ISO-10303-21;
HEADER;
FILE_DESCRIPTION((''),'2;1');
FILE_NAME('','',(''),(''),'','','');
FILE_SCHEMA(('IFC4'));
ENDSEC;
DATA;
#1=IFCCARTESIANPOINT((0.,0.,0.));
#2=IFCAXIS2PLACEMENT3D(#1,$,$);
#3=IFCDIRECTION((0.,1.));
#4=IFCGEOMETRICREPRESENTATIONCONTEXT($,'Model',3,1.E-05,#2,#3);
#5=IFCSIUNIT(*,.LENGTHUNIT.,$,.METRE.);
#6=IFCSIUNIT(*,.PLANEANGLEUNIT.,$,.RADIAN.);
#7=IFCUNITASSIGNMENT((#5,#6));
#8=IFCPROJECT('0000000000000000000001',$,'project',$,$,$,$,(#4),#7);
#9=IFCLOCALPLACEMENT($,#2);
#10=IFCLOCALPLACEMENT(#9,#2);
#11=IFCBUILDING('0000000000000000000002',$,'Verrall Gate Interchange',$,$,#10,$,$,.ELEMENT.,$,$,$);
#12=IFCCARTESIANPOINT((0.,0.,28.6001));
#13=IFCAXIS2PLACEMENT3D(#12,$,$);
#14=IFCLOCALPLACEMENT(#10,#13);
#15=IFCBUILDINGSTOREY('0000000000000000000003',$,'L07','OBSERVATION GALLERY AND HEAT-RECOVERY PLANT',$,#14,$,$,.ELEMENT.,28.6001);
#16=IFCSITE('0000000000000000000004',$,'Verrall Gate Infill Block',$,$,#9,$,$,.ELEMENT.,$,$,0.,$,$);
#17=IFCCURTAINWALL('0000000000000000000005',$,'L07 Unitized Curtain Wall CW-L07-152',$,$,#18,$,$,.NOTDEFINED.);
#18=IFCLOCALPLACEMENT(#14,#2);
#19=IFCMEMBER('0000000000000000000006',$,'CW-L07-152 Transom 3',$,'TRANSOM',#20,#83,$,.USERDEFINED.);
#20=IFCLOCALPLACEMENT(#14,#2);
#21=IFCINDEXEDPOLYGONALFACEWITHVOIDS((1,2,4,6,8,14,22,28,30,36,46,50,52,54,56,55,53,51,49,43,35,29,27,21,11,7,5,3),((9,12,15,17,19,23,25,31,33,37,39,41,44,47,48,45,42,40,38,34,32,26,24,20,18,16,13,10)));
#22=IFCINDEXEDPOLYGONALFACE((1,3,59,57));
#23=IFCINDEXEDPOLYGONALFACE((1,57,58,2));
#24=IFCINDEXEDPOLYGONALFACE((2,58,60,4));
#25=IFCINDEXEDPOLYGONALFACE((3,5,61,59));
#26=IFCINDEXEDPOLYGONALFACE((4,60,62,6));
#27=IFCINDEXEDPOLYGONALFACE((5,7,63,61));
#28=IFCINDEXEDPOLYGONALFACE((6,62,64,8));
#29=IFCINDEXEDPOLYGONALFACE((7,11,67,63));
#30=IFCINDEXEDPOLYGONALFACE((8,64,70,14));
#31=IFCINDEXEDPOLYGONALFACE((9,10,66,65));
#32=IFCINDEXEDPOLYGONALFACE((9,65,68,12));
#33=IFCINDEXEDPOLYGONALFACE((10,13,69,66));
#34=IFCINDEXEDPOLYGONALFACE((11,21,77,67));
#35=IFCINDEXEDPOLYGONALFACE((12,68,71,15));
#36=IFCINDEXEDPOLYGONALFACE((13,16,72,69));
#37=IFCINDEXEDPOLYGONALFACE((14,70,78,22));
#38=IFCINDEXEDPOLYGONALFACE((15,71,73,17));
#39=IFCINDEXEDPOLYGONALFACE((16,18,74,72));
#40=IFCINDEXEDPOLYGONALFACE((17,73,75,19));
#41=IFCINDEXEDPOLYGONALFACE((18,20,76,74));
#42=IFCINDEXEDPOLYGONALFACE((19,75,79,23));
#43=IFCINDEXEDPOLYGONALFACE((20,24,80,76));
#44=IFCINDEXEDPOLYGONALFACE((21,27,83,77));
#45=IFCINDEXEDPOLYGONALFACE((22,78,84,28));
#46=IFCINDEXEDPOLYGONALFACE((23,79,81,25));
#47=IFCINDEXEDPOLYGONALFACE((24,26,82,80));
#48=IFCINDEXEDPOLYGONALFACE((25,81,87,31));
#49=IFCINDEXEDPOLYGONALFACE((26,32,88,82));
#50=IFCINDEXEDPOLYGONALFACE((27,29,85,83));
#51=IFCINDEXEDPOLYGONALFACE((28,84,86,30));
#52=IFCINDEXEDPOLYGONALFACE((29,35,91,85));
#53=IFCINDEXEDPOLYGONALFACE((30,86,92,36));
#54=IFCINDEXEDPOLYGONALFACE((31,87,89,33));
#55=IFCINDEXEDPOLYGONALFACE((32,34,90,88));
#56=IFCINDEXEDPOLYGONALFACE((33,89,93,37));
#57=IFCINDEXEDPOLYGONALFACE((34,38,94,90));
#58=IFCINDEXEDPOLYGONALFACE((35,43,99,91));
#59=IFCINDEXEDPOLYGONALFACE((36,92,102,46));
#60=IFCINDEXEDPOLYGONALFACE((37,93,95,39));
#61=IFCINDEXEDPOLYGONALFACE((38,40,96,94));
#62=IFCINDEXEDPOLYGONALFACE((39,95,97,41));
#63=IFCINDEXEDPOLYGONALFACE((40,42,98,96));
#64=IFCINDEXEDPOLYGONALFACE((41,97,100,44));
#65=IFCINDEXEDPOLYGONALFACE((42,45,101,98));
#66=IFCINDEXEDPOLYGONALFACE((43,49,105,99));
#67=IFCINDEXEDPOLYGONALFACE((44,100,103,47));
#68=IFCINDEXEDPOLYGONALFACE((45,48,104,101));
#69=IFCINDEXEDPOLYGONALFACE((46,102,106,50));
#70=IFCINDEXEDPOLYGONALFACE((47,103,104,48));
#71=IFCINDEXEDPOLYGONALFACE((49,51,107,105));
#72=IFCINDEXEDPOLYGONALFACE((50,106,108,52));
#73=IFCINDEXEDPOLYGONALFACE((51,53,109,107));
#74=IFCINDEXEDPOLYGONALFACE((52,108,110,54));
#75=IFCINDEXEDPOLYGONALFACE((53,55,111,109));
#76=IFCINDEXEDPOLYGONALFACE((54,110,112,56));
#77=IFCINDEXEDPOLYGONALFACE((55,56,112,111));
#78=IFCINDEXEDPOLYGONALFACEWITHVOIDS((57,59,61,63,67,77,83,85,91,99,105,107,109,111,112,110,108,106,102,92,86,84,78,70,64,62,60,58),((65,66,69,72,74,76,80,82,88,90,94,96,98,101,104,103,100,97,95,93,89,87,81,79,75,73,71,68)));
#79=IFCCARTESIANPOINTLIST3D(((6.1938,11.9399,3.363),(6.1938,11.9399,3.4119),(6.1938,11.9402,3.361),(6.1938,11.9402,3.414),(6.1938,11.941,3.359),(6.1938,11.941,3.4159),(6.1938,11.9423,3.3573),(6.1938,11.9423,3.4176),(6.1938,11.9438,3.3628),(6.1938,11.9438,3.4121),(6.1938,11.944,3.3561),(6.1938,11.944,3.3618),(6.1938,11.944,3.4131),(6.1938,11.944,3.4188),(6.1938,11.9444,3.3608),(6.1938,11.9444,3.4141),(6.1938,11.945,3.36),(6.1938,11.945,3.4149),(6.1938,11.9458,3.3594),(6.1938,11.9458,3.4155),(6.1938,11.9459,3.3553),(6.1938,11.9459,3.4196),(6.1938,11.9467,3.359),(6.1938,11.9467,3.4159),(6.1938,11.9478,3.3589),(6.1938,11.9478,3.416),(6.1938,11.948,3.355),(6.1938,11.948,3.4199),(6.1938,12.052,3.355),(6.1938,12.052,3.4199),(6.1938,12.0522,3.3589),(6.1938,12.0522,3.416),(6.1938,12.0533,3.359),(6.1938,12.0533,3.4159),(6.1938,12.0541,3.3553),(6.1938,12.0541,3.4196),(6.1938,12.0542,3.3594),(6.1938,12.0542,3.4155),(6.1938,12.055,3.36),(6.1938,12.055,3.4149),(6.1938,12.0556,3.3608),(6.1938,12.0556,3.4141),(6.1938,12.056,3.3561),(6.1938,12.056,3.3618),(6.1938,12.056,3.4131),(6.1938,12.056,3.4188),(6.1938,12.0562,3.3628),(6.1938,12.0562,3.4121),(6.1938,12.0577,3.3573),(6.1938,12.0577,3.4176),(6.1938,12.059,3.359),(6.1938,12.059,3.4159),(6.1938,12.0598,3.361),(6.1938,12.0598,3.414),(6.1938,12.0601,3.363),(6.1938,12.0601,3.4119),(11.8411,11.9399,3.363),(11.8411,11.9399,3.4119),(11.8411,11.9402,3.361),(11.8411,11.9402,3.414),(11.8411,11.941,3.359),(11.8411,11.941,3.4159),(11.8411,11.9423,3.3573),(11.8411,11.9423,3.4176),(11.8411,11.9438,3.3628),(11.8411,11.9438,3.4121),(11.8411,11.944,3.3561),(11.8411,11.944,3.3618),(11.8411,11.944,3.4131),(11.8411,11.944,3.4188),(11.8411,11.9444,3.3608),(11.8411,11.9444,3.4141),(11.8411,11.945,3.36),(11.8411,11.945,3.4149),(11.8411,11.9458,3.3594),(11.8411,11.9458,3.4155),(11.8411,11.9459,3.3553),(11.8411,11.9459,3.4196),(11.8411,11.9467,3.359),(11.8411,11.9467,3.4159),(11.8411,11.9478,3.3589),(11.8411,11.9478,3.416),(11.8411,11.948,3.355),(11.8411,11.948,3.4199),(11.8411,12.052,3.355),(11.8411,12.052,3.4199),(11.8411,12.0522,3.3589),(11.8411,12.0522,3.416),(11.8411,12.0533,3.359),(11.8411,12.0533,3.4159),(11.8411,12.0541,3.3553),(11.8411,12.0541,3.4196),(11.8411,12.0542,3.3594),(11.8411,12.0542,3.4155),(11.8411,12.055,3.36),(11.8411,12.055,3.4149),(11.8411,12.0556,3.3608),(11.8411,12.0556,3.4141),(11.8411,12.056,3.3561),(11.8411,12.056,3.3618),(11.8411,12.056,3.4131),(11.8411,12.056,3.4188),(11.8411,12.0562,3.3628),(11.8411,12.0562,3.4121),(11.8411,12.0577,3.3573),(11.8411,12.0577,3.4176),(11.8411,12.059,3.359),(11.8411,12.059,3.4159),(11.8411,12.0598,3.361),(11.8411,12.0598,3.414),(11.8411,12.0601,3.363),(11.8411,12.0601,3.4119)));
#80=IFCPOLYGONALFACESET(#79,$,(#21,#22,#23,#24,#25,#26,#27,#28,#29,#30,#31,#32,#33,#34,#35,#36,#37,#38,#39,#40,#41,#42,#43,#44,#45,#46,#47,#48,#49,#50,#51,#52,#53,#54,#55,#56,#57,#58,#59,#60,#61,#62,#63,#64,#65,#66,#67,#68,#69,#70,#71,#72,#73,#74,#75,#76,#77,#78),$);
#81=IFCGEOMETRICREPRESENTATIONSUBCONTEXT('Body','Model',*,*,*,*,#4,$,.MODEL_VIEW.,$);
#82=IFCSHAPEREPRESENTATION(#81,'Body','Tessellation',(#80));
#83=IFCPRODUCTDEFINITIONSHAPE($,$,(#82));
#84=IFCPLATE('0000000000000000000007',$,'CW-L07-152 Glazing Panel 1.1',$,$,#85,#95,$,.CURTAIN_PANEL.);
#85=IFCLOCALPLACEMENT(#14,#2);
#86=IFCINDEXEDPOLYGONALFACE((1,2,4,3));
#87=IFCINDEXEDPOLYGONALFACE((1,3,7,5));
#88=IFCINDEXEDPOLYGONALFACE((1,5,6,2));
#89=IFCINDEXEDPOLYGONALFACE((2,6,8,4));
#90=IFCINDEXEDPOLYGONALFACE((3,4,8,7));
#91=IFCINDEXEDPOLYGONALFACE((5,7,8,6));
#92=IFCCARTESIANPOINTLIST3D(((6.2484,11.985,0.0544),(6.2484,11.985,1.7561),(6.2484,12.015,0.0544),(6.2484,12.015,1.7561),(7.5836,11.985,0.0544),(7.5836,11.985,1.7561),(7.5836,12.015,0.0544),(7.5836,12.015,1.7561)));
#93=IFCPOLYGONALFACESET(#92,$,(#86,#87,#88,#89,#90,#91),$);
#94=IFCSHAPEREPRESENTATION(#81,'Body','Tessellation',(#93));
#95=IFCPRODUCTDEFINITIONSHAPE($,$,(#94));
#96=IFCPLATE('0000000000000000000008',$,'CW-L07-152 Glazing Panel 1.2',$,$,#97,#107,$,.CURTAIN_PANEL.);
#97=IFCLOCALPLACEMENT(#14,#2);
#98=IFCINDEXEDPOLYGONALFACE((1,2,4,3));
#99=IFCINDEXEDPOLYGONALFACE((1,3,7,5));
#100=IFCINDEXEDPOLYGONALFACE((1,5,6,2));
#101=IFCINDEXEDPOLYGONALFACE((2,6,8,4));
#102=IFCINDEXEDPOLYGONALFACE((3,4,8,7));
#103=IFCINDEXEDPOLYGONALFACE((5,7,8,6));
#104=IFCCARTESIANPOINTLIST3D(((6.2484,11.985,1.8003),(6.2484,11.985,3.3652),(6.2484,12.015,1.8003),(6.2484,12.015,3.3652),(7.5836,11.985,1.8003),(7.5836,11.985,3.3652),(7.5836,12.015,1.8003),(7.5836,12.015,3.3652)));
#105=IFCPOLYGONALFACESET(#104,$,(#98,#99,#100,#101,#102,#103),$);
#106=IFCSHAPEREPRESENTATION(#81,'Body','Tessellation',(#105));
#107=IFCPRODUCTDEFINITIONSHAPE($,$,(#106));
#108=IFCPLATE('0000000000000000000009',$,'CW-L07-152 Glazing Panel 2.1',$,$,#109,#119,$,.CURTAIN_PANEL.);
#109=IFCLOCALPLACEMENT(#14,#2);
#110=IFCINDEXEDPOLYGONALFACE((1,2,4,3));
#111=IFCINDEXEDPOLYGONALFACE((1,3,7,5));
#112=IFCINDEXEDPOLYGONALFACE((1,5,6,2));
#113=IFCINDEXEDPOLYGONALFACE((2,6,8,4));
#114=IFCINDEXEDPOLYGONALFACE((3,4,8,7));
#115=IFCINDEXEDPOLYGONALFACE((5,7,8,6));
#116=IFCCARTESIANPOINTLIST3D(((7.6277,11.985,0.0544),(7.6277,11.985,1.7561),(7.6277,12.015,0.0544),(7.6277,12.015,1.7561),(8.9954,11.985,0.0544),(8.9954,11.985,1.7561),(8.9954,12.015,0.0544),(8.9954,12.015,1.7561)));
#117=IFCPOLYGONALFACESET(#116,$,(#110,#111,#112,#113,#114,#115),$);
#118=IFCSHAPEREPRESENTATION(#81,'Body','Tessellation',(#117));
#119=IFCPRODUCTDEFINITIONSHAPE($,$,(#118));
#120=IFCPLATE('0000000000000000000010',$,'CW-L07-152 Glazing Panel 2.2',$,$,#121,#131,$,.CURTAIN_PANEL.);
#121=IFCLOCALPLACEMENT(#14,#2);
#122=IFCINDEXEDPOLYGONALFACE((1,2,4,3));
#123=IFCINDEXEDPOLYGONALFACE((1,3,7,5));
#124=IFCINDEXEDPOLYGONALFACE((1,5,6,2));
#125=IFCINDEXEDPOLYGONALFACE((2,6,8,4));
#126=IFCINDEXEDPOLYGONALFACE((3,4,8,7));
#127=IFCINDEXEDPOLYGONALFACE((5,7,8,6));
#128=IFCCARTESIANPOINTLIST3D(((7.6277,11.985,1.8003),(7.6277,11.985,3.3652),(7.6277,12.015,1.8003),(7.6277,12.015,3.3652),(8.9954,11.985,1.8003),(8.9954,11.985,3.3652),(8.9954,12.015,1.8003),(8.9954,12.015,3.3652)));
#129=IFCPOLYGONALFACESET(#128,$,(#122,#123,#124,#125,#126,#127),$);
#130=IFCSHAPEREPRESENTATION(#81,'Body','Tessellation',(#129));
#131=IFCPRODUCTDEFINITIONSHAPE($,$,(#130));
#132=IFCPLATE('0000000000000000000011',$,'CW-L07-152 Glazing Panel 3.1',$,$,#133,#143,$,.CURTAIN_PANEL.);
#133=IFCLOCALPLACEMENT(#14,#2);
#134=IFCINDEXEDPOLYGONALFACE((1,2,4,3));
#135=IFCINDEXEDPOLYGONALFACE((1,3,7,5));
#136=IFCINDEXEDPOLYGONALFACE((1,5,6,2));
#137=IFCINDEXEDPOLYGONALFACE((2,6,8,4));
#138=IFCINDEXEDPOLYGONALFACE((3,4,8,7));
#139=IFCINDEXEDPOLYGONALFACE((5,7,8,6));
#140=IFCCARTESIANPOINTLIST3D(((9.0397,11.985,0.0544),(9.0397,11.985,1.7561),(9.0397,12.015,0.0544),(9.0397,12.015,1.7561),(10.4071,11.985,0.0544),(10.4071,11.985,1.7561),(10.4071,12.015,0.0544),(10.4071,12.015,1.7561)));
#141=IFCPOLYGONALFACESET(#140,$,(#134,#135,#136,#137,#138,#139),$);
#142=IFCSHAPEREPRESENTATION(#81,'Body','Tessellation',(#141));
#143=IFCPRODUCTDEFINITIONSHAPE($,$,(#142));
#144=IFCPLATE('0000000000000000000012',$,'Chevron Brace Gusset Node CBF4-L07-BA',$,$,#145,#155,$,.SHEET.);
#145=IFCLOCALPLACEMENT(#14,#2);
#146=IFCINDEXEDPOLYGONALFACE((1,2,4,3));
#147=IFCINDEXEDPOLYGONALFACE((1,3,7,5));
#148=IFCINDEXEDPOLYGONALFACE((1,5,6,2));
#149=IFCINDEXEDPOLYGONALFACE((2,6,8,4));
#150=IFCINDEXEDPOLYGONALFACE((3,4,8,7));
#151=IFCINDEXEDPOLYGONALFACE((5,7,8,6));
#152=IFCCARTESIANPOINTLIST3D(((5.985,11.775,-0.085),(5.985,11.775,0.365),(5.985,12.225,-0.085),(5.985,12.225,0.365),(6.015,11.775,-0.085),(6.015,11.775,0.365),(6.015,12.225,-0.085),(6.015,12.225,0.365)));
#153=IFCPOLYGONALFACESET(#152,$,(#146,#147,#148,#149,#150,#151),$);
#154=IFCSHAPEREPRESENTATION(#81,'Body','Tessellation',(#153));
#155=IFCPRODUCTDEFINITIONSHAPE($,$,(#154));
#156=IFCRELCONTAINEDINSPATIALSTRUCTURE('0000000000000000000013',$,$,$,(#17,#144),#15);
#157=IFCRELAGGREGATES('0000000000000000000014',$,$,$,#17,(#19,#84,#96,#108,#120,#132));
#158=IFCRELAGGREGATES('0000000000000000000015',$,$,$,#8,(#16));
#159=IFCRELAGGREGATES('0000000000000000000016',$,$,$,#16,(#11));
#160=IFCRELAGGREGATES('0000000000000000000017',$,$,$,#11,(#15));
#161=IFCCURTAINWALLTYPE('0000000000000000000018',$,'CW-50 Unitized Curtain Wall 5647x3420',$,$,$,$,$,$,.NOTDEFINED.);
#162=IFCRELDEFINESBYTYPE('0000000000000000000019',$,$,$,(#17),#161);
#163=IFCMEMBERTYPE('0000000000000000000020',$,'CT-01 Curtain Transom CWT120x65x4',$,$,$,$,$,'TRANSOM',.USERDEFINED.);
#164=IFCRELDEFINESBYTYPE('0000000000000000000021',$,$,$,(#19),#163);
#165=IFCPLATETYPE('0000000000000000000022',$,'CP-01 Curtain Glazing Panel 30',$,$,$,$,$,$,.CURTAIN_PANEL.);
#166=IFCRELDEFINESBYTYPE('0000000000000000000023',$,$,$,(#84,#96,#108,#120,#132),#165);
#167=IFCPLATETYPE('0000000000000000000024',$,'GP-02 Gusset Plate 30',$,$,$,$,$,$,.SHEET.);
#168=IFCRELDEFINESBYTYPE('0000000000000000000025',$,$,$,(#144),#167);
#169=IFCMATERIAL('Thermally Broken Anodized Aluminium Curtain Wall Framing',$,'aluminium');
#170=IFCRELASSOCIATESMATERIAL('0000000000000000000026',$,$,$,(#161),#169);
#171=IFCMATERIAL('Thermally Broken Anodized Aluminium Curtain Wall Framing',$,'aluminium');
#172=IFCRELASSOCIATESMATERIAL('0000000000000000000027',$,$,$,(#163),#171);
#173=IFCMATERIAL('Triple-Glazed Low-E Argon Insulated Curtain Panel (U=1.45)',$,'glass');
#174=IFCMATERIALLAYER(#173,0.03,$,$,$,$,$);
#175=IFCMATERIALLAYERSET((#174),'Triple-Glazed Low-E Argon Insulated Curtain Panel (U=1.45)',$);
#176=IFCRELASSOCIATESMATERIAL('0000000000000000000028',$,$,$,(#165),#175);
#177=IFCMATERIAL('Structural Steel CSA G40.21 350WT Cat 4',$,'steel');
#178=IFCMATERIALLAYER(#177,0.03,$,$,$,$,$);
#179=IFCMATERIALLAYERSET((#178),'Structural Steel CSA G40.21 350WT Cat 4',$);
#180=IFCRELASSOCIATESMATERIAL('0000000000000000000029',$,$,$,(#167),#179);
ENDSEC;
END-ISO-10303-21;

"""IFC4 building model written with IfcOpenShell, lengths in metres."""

from ifc_helpers import new_model, si_unit, direction, frame, origin, origin_2d, place, context, subcontext, project, spatial, rectangle, hollow_rectangle, extrude, material, layer, layer_set, material_profile, profile_set, type_object, element, aggregate, save


model = new_model("IFC4")

# Units and contexts
model_context = context("Model", 3, precision=1e-05, world=origin(), true_north=direction((0.0, 1.0)))
body_context = subcontext(model_context, "Body", "Model", "MODEL_VIEW")
ifc_project = project(units=[si_unit("LENGTHUNIT", "METRE"), si_unit("PLANEANGLEUNIT", "RADIAN")], contexts=[model_context])

# Site, building, storey
site_placement = place(None, origin())
site = spatial("IfcSite", under=ifc_project, at=site_placement, Name="Verrall Gate Infill Block", CompositionType="ELEMENT", RefElevation=0.0)
building_placement = place(site_placement, origin())
building = spatial("IfcBuilding", under=site, at=building_placement, Name="Verrall Gate Interchange", CompositionType="ELEMENT")
storey_placement = place(building_placement, frame((0.0, 0.0, 28.6001)))
storey = spatial("IfcBuildingStorey", under=building, at=storey_placement, Name="L07", Description="OBSERVATION GALLERY AND HEAT-RECOVERY PLANT", CompositionType="ELEMENT", Elevation=28.6001)

# Curtain wall, member, plates
ifc_material_1 = material(Name="Thermally Broken Anodized Aluminium Curtain Wall Framing", Category="aluminium")
curtain_wall_type = type_object("IfcCurtainWallType", Name="CW-50 Unitized Curtain Wall 5647x3420", PredefinedType="NOTDEFINED", material=ifc_material_1)
curtain_wall_placement = place(storey_placement, origin())
curtain_wall = element("IfcCurtainWall", 1, at=curtain_wall_placement, inside=storey, type_object=curtain_wall_type, Name="L07 Unitized Curtain Wall CW-L07-152", PredefinedType="NOTDEFINED")
ifc_material_2 = material(Name="Thermally Broken Anodized Aluminium Curtain Wall Framing", Category="aluminium")
ifc_material_profile_1 = material_profile(ifc_material_2, hollow_rectangle(XDim=0.1201, YDim=0.0649, WallThickness=0.0039, InnerFilletRadius=0.0039, OuterFilletRadius=0.0081, at=origin_2d()), Name="CWT120x65x4")
ifc_profile_set_1 = profile_set([ifc_material_profile_1], Name="Thermally Broken Anodized Aluminium Curtain Wall Framing")
member_type_1 = type_object("IfcMemberType", Name="CT-01 Curtain Transom CWT120x65x4", ElementType="TRANSOM", PredefinedType="USERDEFINED", material=ifc_profile_set_1)
member_1_placement = place(storey_placement, frame((6.1938, 12.0, 3.3875), z_axis=(1.0, 0.0, 0.0), x_axis=(0.0, 1.0, 0.0)))
member_1 = element("IfcMember", 2, at=member_1_placement, type_object=member_type_1, Name="CW-L07-152 Transom 3", ObjectType="TRANSOM", PredefinedType="USERDEFINED", context=body_context, shape_type="SweptSolid", body=[
    extrude(hollow_rectangle(XDim=0.1201, YDim=0.0649, WallThickness=0.0039, InnerFilletRadius=0.0039, OuterFilletRadius=0.0081, at=origin_2d()), origin(), (0.0, 0.0, 1.0), 5.6472),
])
ifc_material_3 = material(Name="Triple-Glazed Low-E Argon Insulated Curtain Panel (U=1.45)", Category="glass")
ifc_layer_1 = layer(ifc_material_3, 0.03)
ifc_layer_set_1 = layer_set([ifc_layer_1], Name="Triple-Glazed Low-E Argon Insulated Curtain Panel (U=1.45)")
plate_type_1 = type_object("IfcPlateType", Name="CP-01 Curtain Glazing Panel 30", PredefinedType="CURTAIN_PANEL", material=ifc_layer_set_1)
plate_1_placement = place(storey_placement, frame((6.916, 12.0, 0.0544), z_axis=(0.0, 0.0, 1.0), x_axis=(1.0, 0.0, 0.0)))
plate_1 = element("IfcPlate", 3, at=plate_1_placement, type_object=plate_type_1, Name="CW-L07-152 Glazing Panel 1.1", PredefinedType="CURTAIN_PANEL", context=body_context, shape_type="SweptSolid", body=[
    extrude(rectangle(XDim=1.3352, YDim=0.03, at=origin_2d()), origin(), (0.0, 0.0, 1.0), 1.7017),
])
plate_2_placement = place(storey_placement, frame((6.916, 12.0, 1.8003), z_axis=(0.0, 0.0, 1.0), x_axis=(1.0, 0.0, 0.0)))
plate_2 = element("IfcPlate", 4, at=plate_2_placement, type_object=plate_type_1, Name="CW-L07-152 Glazing Panel 1.2", PredefinedType="CURTAIN_PANEL", context=body_context, shape_type="SweptSolid", body=[
    extrude(rectangle(XDim=1.3352, YDim=0.03, at=origin_2d()), origin(), (0.0, 0.0, 1.0), 1.5649),
])
plate_3_placement = place(storey_placement, frame((8.3115, 12.0, 0.0544), z_axis=(0.0, 0.0, 1.0), x_axis=(1.0, 0.0, 0.0)))
plate_3 = element("IfcPlate", 5, at=plate_3_placement, type_object=plate_type_1, Name="CW-L07-152 Glazing Panel 2.1", PredefinedType="CURTAIN_PANEL", context=body_context, shape_type="SweptSolid", body=[
    extrude(rectangle(XDim=1.3677, YDim=0.03, at=origin_2d()), origin(), (0.0, 0.0, 1.0), 1.7017),
])
plate_4_placement = place(storey_placement, frame((8.3115, 12.0, 1.8003), z_axis=(0.0, 0.0, 1.0), x_axis=(1.0, 0.0, 0.0)))
plate_4 = element("IfcPlate", 6, at=plate_4_placement, type_object=plate_type_1, Name="CW-L07-152 Glazing Panel 2.2", PredefinedType="CURTAIN_PANEL", context=body_context, shape_type="SweptSolid", body=[
    extrude(rectangle(XDim=1.3677, YDim=0.03, at=origin_2d()), origin(), (0.0, 0.0, 1.0), 1.5649),
])
plate_5_placement = place(storey_placement, frame((9.7234, 12.0, 0.0544), z_axis=(0.0, 0.0, 1.0), x_axis=(1.0, 0.0, 0.0)))
plate_5 = element("IfcPlate", 7, at=plate_5_placement, type_object=plate_type_1, Name="CW-L07-152 Glazing Panel 3.1", PredefinedType="CURTAIN_PANEL", context=body_context, shape_type="SweptSolid", body=[
    extrude(rectangle(XDim=1.3674, YDim=0.03, at=origin_2d()), origin(), (0.0, 0.0, 1.0), 1.7017),
])
aggregate(curtain_wall, [member_1, plate_1, plate_2, plate_3, plate_4, plate_5])

# Plate
ifc_material_4 = material(Name="Structural Steel CSA G40.21 350WT Cat 4", Category="steel")
ifc_layer_2 = layer(ifc_material_4, 0.03)
ifc_layer_set_2 = layer_set([ifc_layer_2], Name="Structural Steel CSA G40.21 350WT Cat 4")
plate_type_2 = type_object("IfcPlateType", Name="GP-02 Gusset Plate 30", PredefinedType="SHEET", material=ifc_layer_set_2)
plate_6_placement = place(storey_placement, frame((6.0, 12.0, -0.085), z_axis=(0.0, 0.0, 1.0), x_axis=(1.0, 0.0, 0.0)))
element("IfcPlate", 8, at=plate_6_placement, inside=storey, type_object=plate_type_2, Name="Chevron Brace Gusset Node CBF4-L07-BA", PredefinedType="SHEET", context=body_context, shape_type="SweptSolid", body=[
    extrude(rectangle(XDim=0.03, YDim=0.45, at=origin_2d()), origin(), (0.0, 0.0, 1.0), 0.45),
])

save(model, "model.ifc")
